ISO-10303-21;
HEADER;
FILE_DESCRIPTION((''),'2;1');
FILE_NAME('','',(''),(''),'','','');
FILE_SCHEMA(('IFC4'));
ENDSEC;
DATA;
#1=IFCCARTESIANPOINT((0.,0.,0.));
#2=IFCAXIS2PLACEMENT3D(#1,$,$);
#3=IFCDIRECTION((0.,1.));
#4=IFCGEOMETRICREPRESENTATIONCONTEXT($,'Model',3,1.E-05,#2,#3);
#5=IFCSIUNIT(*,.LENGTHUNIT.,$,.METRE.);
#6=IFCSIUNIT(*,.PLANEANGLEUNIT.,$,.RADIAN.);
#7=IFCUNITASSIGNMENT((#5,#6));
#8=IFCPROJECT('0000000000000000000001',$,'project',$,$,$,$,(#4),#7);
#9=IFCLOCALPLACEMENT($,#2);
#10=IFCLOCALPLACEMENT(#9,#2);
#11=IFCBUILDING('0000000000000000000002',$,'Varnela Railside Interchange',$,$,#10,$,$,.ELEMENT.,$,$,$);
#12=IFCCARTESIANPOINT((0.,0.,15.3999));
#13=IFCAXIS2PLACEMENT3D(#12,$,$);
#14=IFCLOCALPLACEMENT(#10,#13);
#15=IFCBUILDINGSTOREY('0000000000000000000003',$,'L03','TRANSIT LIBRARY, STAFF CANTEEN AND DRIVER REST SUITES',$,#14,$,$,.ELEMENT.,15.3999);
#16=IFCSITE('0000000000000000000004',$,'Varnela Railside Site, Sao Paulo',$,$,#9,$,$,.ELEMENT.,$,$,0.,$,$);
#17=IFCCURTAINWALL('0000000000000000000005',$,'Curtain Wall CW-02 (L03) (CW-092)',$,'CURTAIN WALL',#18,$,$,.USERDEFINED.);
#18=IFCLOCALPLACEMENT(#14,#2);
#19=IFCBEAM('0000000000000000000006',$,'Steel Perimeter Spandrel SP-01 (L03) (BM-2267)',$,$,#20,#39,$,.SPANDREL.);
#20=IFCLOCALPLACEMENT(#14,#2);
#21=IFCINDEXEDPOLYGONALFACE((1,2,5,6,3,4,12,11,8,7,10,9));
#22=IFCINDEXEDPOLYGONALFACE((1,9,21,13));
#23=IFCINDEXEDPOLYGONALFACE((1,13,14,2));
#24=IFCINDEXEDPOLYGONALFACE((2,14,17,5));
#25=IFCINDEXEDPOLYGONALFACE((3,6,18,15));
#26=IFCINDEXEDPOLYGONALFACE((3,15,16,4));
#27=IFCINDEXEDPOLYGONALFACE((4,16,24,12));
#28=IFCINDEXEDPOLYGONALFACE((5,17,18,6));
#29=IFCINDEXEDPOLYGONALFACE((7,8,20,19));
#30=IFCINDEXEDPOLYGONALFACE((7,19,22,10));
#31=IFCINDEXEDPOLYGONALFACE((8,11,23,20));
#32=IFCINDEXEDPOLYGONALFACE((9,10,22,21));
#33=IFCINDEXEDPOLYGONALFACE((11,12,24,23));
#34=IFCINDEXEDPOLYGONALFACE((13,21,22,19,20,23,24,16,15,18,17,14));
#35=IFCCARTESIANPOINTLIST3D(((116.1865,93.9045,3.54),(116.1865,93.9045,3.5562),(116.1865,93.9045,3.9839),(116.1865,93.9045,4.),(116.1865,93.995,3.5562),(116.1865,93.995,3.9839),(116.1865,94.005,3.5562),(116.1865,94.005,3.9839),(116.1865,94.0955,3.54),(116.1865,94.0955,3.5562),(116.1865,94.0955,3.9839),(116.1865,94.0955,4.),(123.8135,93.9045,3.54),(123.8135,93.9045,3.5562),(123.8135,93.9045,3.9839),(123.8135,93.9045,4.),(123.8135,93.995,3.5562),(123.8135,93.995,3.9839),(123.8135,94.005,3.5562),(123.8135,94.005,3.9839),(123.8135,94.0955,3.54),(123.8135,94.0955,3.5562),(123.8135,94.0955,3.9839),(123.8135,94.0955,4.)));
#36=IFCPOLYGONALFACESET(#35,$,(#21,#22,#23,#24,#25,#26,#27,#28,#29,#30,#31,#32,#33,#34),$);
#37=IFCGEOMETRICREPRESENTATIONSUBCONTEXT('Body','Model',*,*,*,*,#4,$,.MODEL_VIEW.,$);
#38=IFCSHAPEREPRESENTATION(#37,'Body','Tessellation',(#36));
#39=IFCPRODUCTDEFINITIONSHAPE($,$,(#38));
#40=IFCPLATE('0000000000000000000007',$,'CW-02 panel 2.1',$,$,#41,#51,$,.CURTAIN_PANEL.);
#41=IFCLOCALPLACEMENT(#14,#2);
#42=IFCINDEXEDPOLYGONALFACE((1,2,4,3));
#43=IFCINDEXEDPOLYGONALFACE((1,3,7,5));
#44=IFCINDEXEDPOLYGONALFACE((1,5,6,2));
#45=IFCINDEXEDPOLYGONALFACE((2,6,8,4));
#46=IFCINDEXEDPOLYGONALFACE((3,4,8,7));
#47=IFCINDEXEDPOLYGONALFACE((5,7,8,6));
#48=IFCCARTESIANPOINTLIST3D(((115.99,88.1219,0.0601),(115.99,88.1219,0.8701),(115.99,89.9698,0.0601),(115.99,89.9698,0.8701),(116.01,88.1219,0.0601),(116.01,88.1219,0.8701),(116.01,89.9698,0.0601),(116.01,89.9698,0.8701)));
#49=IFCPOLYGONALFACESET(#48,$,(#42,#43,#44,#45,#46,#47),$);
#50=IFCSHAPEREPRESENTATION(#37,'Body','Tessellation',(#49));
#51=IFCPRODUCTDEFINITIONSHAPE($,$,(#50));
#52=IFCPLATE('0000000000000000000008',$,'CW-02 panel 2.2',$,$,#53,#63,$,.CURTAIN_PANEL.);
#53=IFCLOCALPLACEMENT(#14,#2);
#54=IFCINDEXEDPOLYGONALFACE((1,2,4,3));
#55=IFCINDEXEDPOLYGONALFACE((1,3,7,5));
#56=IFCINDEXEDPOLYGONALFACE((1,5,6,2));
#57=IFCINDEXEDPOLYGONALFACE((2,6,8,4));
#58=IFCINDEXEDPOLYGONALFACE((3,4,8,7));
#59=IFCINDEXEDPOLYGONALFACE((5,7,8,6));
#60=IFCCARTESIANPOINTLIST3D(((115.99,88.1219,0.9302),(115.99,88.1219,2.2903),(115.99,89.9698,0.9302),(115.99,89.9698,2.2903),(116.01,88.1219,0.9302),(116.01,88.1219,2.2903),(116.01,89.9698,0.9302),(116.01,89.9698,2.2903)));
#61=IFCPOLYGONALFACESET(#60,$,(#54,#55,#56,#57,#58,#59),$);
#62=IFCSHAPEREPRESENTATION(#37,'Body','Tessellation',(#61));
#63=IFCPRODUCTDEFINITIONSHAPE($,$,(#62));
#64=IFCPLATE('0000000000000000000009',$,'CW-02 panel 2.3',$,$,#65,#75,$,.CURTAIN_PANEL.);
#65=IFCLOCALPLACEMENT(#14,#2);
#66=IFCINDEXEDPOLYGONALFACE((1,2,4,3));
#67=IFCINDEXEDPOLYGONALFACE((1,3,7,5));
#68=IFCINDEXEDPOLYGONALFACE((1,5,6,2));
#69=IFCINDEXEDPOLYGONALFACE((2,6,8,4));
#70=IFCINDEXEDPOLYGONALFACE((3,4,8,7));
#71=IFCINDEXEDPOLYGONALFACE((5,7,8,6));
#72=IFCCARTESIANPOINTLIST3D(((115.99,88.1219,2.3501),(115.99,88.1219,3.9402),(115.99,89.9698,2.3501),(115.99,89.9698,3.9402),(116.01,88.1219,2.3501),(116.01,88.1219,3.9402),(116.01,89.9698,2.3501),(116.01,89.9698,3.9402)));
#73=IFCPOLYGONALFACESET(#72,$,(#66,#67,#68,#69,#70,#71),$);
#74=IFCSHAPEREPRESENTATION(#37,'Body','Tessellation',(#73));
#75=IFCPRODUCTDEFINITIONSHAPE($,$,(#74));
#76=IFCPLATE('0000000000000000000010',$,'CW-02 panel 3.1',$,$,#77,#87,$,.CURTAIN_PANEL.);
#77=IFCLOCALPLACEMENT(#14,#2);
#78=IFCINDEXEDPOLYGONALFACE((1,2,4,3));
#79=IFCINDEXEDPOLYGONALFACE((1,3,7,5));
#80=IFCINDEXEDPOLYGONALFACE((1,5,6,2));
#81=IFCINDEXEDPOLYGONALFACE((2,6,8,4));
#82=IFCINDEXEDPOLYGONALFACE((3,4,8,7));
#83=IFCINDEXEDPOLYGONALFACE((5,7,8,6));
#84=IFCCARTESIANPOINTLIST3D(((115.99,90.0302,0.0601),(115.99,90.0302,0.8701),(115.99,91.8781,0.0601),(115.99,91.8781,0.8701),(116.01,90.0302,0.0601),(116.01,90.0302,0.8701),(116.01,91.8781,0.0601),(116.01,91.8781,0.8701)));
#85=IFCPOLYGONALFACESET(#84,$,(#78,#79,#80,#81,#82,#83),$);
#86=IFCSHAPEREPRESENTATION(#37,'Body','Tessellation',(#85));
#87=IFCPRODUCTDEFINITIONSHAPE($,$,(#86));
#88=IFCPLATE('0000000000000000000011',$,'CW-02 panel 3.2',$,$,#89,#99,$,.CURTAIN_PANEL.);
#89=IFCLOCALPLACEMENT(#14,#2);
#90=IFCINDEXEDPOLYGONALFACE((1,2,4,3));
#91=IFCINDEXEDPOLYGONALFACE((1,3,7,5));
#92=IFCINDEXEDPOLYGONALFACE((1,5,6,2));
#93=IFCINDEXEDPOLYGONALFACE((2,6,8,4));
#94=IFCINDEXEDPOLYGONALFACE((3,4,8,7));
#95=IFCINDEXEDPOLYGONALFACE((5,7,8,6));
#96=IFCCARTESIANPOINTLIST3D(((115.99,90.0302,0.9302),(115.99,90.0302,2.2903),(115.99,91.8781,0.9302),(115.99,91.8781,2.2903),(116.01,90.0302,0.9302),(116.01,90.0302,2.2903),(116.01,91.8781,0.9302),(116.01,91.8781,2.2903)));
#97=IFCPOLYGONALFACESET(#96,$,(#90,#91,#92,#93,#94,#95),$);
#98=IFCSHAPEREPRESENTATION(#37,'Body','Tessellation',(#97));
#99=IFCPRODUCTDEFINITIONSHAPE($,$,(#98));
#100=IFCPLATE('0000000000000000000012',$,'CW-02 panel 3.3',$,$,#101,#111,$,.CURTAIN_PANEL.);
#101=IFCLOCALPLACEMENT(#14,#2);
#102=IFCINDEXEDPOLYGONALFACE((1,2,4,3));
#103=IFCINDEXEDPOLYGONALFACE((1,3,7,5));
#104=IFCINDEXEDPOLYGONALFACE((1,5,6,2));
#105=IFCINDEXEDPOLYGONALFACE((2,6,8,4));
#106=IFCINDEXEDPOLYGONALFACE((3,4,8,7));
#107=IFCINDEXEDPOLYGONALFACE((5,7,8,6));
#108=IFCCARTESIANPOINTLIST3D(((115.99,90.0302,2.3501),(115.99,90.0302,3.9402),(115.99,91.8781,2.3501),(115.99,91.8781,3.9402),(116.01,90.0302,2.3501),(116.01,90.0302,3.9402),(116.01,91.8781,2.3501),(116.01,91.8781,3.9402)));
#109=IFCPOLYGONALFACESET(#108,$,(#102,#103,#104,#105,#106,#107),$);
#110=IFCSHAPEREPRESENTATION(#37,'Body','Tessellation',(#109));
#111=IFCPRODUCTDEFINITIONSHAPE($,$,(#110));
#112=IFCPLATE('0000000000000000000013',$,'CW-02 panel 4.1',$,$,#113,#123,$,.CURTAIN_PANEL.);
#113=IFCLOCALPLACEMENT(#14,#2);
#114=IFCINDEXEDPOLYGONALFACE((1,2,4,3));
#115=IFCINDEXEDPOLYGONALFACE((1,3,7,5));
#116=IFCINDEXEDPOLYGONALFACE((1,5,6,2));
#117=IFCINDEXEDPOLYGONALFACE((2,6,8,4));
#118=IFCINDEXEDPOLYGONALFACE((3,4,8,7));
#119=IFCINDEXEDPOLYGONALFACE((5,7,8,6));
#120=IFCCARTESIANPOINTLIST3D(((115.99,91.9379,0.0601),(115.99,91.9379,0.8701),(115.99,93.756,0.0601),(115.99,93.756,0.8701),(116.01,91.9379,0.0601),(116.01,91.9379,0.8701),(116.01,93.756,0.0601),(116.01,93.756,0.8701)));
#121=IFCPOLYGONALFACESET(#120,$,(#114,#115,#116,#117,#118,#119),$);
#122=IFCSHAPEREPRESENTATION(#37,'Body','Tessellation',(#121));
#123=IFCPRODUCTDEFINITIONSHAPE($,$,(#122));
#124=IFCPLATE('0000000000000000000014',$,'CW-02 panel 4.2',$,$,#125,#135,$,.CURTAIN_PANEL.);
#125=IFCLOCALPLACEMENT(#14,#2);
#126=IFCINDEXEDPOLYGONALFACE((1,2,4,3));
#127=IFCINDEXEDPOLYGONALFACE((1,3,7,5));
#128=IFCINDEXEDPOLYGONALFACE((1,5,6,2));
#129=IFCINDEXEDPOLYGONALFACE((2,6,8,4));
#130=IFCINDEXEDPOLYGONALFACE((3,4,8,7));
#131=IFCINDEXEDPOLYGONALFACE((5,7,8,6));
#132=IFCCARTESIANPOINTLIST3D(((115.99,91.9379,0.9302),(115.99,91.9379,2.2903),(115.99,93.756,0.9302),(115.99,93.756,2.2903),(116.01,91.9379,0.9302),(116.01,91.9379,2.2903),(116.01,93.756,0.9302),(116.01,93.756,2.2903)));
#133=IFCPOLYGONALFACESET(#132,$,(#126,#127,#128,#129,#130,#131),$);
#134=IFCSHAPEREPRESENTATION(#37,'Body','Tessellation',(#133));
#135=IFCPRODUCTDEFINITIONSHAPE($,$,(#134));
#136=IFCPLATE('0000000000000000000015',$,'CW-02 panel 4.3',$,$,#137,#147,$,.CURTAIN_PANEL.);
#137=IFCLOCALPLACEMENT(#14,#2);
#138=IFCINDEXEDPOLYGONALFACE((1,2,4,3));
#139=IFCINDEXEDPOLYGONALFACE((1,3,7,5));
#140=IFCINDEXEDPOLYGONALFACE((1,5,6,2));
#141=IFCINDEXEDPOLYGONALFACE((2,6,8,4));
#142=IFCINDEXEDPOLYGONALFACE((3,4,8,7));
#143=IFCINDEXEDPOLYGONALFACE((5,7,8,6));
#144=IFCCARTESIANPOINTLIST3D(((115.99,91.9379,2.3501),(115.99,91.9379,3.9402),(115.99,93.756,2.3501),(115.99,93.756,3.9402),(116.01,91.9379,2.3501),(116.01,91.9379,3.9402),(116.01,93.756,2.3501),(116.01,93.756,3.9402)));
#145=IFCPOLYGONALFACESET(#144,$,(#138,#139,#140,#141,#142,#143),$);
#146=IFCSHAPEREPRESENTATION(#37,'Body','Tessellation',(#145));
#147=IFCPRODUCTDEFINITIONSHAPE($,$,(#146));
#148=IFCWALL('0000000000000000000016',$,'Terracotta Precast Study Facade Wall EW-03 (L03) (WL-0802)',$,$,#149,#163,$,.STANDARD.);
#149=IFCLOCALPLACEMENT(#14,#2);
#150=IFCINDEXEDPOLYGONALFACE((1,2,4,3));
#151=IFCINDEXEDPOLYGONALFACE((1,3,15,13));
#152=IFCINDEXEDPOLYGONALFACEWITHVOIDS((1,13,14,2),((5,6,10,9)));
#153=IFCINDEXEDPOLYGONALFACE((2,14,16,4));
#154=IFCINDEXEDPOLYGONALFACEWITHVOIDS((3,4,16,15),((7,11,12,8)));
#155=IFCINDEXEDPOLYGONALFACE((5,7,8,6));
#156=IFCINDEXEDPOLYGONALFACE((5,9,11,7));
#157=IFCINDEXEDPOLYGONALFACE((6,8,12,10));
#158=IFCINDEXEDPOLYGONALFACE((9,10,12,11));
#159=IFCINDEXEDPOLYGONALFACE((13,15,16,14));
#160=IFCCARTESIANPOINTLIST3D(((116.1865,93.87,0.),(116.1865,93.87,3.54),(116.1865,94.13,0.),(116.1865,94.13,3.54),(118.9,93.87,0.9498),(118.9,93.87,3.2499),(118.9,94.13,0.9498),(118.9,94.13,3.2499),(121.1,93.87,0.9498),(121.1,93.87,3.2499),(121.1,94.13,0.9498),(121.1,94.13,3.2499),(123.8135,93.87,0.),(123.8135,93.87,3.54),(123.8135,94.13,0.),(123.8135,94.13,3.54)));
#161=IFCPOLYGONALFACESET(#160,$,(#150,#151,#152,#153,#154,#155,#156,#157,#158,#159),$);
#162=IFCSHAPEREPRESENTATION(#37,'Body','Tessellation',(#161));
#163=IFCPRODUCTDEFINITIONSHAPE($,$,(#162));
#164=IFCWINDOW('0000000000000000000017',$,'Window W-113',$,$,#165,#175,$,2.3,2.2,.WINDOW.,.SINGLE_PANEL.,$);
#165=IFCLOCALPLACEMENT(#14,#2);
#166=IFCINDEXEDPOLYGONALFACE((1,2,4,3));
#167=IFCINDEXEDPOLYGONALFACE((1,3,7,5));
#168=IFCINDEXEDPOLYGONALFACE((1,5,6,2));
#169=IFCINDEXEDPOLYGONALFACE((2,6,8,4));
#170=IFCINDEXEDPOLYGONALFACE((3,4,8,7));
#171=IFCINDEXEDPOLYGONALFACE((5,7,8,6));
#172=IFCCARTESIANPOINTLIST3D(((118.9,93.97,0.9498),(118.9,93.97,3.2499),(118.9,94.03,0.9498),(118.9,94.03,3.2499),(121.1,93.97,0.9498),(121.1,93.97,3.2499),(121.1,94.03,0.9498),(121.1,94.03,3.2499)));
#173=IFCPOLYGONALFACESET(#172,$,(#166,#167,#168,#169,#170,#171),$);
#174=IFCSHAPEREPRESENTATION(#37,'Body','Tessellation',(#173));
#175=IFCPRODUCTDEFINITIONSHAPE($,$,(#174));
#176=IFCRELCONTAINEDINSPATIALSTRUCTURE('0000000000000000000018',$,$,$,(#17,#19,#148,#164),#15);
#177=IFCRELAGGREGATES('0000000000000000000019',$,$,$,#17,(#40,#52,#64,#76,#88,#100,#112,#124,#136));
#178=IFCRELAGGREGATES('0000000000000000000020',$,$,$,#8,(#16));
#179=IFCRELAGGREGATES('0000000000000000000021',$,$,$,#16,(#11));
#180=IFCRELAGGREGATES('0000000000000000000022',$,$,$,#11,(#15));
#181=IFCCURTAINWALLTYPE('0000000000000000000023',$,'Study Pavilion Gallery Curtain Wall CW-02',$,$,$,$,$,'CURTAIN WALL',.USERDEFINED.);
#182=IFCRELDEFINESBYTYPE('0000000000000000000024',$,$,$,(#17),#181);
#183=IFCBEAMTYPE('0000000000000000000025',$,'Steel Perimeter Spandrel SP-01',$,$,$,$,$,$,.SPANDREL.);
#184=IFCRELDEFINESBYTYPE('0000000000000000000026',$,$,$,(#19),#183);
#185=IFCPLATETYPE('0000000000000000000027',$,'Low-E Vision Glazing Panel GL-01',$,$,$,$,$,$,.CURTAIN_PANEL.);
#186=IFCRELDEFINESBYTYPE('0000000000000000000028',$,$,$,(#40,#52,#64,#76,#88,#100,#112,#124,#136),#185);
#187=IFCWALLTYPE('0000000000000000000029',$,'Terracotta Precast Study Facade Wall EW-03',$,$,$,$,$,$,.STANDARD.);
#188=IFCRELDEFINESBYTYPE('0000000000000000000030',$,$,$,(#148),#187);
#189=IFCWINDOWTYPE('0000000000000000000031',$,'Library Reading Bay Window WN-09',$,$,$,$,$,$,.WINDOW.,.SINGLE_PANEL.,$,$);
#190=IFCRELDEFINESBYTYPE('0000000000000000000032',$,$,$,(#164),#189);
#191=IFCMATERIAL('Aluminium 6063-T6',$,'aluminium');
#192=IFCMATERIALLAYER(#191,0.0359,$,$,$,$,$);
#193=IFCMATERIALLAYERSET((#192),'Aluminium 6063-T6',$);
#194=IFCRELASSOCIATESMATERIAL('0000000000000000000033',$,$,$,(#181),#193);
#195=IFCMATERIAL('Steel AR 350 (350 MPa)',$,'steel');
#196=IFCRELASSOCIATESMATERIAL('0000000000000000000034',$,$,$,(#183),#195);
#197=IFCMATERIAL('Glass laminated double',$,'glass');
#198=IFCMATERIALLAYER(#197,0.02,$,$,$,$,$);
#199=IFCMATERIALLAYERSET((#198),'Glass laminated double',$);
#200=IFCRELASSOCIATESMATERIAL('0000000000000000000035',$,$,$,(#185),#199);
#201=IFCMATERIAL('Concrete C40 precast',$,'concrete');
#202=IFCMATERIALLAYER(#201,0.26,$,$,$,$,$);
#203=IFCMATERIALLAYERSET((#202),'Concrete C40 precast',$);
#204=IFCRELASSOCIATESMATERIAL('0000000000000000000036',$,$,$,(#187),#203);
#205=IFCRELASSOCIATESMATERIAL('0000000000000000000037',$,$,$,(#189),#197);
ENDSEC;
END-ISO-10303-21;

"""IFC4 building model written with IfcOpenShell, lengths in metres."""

from ifc_helpers import new_model, si_unit, direction, frame, frame_2d, origin, origin_2d, place, context, subcontext, project, spatial, rectangle, i_section, extrude, material, layer, layer_set, material_profile, profile_set, type_object, element, fill, aggregate, save


model = new_model("IFC4")

# Units and contexts
model_context = context("Model", 3, precision=1e-05, world=origin(), true_north=direction((0.0, 1.0)))
body_context = subcontext(model_context, "Body", "Model", "MODEL_VIEW")
ifc_project = project(units=[si_unit("LENGTHUNIT", "METRE"), si_unit("PLANEANGLEUNIT", "RADIAN")], contexts=[model_context])

# Site, building, storey
site_placement = place(None, origin())
site = spatial("IfcSite", under=ifc_project, at=site_placement, Name="Varnela Railside Site, Sao Paulo", CompositionType="ELEMENT", RefElevation=0.0)
building_placement = place(site_placement, origin())
building = spatial("IfcBuilding", under=site, at=building_placement, Name="Varnela Railside Interchange", CompositionType="ELEMENT")
storey_placement = place(building_placement, frame((0.0, 0.0, 15.3999)))
storey = spatial("IfcBuildingStorey", under=building, at=storey_placement, Name="L03", Description="TRANSIT LIBRARY, STAFF CANTEEN AND DRIVER REST SUITES", CompositionType="ELEMENT", Elevation=15.3999)

# Shared definitions
ifc_material_1 = material(Name="Steel AR 350 (350 MPa)", Category="steel")

# Curtain wall
ifc_material_2 = material(Name="Aluminium 6063-T6", Category="aluminium")
ifc_layer_1 = layer(ifc_material_2, 0.0359)
ifc_layer_set_1 = layer_set([ifc_layer_1], Name="Aluminium 6063-T6")
curtain_wall_type = type_object("IfcCurtainWallType", Name="Study Pavilion Gallery Curtain Wall CW-02", ElementType="CURTAIN WALL", PredefinedType="USERDEFINED", material=ifc_layer_set_1)
curtain_wall_placement = place(storey_placement, origin())
curtain_wall = element("IfcCurtainWall", 1, at=curtain_wall_placement, inside=storey, type_object=curtain_wall_type, Name="Curtain Wall CW-02 (L03) (CW-092)", ObjectType="CURTAIN WALL", PredefinedType="USERDEFINED")

# Beam
ifc_material_profile_1 = material_profile(ifc_material_1, i_section(OverallWidth=0.1909, OverallDepth=0.46, WebThickness=0.01, FlangeThickness=0.0161, at=origin_2d()), Name="W460x82")
ifc_profile_set_1 = profile_set([ifc_material_profile_1], Name="Steel AR 350 (350 MPa)")
beam_type = type_object("IfcBeamType", Name="Steel Perimeter Spandrel SP-01", PredefinedType="SPANDREL", material=ifc_profile_set_1)
beam_placement = place(storey_placement, frame((116.1865, 94.0, 3.77), z_axis=(1.0, 0.0, 0.0), x_axis=(0.0, 1.0, 0.0)))
element("IfcBeam", 2, at=beam_placement, inside=storey, type_object=beam_type, Name="Steel Perimeter Spandrel SP-01 (L03) (BM-2267)", PredefinedType="SPANDREL", context=body_context, shape_type="SweptSolid", body=[
    extrude(i_section(OverallWidth=0.1909, OverallDepth=0.46, WebThickness=0.01, FlangeThickness=0.0161, at=origin_2d()), origin(), (0.0, 0.0, 1.0), 7.627),
])

# Plates
ifc_material_3 = material(Name="Glass laminated double", Category="glass")
ifc_layer_2 = layer(ifc_material_3, 0.02)
ifc_layer_set_2 = layer_set([ifc_layer_2], Name="Glass laminated double")
plate_type = type_object("IfcPlateType", Name="Low-E Vision Glazing Panel GL-01", PredefinedType="CURTAIN_PANEL", material=ifc_layer_set_2)
plate_1_placement = place(storey_placement, frame((116.0, 89.0459, 0.0601), z_axis=(0.0, 0.0, 1.0), x_axis=(0.0, 1.0, 0.0)))
plate_1 = element("IfcPlate", 3, at=plate_1_placement, type_object=plate_type, Name="CW-02 panel 2.1", PredefinedType="CURTAIN_PANEL", context=body_context, shape_type="SweptSolid", body=[
    extrude(rectangle(XDim=1.8479, YDim=0.02, at=origin_2d()), origin(), (0.0, 0.0, 1.0), 0.8101),
])
plate_2_placement = place(storey_placement, frame((116.0, 89.0459, 0.9302), z_axis=(0.0, 0.0, 1.0), x_axis=(0.0, 1.0, 0.0)))
plate_2 = element("IfcPlate", 4, at=plate_2_placement, type_object=plate_type, Name="CW-02 panel 2.2", PredefinedType="CURTAIN_PANEL", context=body_context, shape_type="SweptSolid", body=[
    extrude(rectangle(XDim=1.8479, YDim=0.02, at=origin_2d()), origin(), (0.0, 0.0, 1.0), 1.3601),
])
plate_3_placement = place(storey_placement, frame((116.0, 89.0459, 2.3501), z_axis=(0.0, 0.0, 1.0), x_axis=(0.0, 1.0, 0.0)))
plate_3 = element("IfcPlate", 5, at=plate_3_placement, type_object=plate_type, Name="CW-02 panel 2.3", PredefinedType="CURTAIN_PANEL", context=body_context, shape_type="SweptSolid", body=[
    extrude(rectangle(XDim=1.8479, YDim=0.02, at=origin_2d()), origin(), (0.0, 0.0, 1.0), 1.5901),
])
plate_4_placement = place(storey_placement, frame((116.0, 90.9541, 0.0601), z_axis=(0.0, 0.0, 1.0), x_axis=(0.0, 1.0, 0.0)))
plate_4 = element("IfcPlate", 6, at=plate_4_placement, type_object=plate_type, Name="CW-02 panel 3.1", PredefinedType="CURTAIN_PANEL", context=body_context, shape_type="SweptSolid", body=[
    extrude(rectangle(XDim=1.8479, YDim=0.02, at=origin_2d()), origin(), (0.0, 0.0, 1.0), 0.8101),
])
plate_5_placement = place(storey_placement, frame((116.0, 90.9541, 0.9302), z_axis=(0.0, 0.0, 1.0), x_axis=(0.0, 1.0, 0.0)))
plate_5 = element("IfcPlate", 7, at=plate_5_placement, type_object=plate_type, Name="CW-02 panel 3.2", PredefinedType="CURTAIN_PANEL", context=body_context, shape_type="SweptSolid", body=[
    extrude(rectangle(XDim=1.8479, YDim=0.02, at=origin_2d()), origin(), (0.0, 0.0, 1.0), 1.3601),
])
plate_6_placement = place(storey_placement, frame((116.0, 90.9541, 2.3501), z_axis=(0.0, 0.0, 1.0), x_axis=(0.0, 1.0, 0.0)))
plate_6 = element("IfcPlate", 8, at=plate_6_placement, type_object=plate_type, Name="CW-02 panel 3.3", PredefinedType="CURTAIN_PANEL", context=body_context, shape_type="SweptSolid", body=[
    extrude(rectangle(XDim=1.8479, YDim=0.02, at=origin_2d()), origin(), (0.0, 0.0, 1.0), 1.5901),
])
plate_7_placement = place(storey_placement, frame((116.0, 92.8469, 0.0601), z_axis=(0.0, 0.0, 1.0), x_axis=(0.0, 1.0, 0.0)))
plate_7 = element("IfcPlate", 9, at=plate_7_placement, type_object=plate_type, Name="CW-02 panel 4.1", PredefinedType="CURTAIN_PANEL", context=body_context, shape_type="SweptSolid", body=[
    extrude(rectangle(XDim=1.8181, YDim=0.02, at=origin_2d()), origin(), (0.0, 0.0, 1.0), 0.8101),
])
plate_8_placement = place(storey_placement, frame((116.0, 92.8469, 0.9302), z_axis=(0.0, 0.0, 1.0), x_axis=(0.0, 1.0, 0.0)))
plate_8 = element("IfcPlate", 10, at=plate_8_placement, type_object=plate_type, Name="CW-02 panel 4.2", PredefinedType="CURTAIN_PANEL", context=body_context, shape_type="SweptSolid", body=[
    extrude(rectangle(XDim=1.8181, YDim=0.02, at=origin_2d()), origin(), (0.0, 0.0, 1.0), 1.3601),
])
plate_9_placement = place(storey_placement, frame((116.0, 92.8469, 2.3501), z_axis=(0.0, 0.0, 1.0), x_axis=(0.0, 1.0, 0.0)))
plate_9 = element("IfcPlate", 11, at=plate_9_placement, type_object=plate_type, Name="CW-02 panel 4.3", PredefinedType="CURTAIN_PANEL", context=body_context, shape_type="SweptSolid", body=[
    extrude(rectangle(XDim=1.8181, YDim=0.02, at=origin_2d()), origin(), (0.0, 0.0, 1.0), 1.5901),
])
aggregate(curtain_wall, [plate_1, plate_2, plate_3, plate_4, plate_5, plate_6, plate_7, plate_8, plate_9])

# Wall, opening, window
ifc_material_4 = material(Name="Concrete C40 precast", Category="concrete")
ifc_layer_3 = layer(ifc_material_4, 0.26)
ifc_layer_set_3 = layer_set([ifc_layer_3], Name="Concrete C40 precast")
wall_type = type_object("IfcWallType", Name="Terracotta Precast Study Facade Wall EW-03", PredefinedType="STANDARD", material=ifc_layer_set_3)
wall_placement = place(storey_placement, frame((116.1865, 94.0, 0.0), z_axis=(0.0, 0.0, 1.0), x_axis=(1.0, 0.0, 0.0)))
wall = element("IfcWall", 12, at=wall_placement, inside=storey, type_object=wall_type, Name="Terracotta Precast Study Facade Wall EW-03 (L03) (WL-0802)", PredefinedType="STANDARD", context=body_context, shape_type="SweptSolid", body=[
    extrude(rectangle(XDim=7.627, YDim=0.26, at=frame_2d((3.8135, 0.0))), origin(), (0.0, 0.0, 1.0), 3.54),
])
opening_placement = place(wall_placement, frame((2.7134, 0.0, 0.95)))
opening = element("IfcOpeningElement", 13, at=opening_placement, cuts=wall, PredefinedType="OPENING", context=body_context, shape_type="SweptSolid", body=[
    extrude(rectangle(XDim=2.2, YDim=2.3, at=frame_2d((1.1001, 1.1499))), frame((0.0, 0.1399, 0.0), z_axis=(0.0, -1.0, 0.0), x_axis=(1.0, 0.0, 0.0)), (0.0, 0.0, 1.0), 0.28),
])
window_type = type_object("IfcWindowType", Name="Library Reading Bay Window WN-09", PartitioningType="SINGLE_PANEL", PredefinedType="WINDOW", material=ifc_material_3)
window_placement = place(opening_placement, origin())
window = element("IfcWindow", 14, at=window_placement, inside=storey, type_object=window_type, Name="Window W-113", OverallHeight=2.3, OverallWidth=2.2, PartitioningType="SINGLE_PANEL", PredefinedType="WINDOW", context=body_context, shape_type="SweptSolid", body=[
    extrude(rectangle(XDim=2.2, YDim=2.3, at=frame_2d((1.1001, 1.1499))), frame((0.0, 0.03, 0.0), z_axis=(0.0, -1.0, 0.0), x_axis=(1.0, 0.0, 0.0)), (0.0, 0.0, 1.0), 0.0601),
])
fill(opening, window)

save(model, "model.ifc")
